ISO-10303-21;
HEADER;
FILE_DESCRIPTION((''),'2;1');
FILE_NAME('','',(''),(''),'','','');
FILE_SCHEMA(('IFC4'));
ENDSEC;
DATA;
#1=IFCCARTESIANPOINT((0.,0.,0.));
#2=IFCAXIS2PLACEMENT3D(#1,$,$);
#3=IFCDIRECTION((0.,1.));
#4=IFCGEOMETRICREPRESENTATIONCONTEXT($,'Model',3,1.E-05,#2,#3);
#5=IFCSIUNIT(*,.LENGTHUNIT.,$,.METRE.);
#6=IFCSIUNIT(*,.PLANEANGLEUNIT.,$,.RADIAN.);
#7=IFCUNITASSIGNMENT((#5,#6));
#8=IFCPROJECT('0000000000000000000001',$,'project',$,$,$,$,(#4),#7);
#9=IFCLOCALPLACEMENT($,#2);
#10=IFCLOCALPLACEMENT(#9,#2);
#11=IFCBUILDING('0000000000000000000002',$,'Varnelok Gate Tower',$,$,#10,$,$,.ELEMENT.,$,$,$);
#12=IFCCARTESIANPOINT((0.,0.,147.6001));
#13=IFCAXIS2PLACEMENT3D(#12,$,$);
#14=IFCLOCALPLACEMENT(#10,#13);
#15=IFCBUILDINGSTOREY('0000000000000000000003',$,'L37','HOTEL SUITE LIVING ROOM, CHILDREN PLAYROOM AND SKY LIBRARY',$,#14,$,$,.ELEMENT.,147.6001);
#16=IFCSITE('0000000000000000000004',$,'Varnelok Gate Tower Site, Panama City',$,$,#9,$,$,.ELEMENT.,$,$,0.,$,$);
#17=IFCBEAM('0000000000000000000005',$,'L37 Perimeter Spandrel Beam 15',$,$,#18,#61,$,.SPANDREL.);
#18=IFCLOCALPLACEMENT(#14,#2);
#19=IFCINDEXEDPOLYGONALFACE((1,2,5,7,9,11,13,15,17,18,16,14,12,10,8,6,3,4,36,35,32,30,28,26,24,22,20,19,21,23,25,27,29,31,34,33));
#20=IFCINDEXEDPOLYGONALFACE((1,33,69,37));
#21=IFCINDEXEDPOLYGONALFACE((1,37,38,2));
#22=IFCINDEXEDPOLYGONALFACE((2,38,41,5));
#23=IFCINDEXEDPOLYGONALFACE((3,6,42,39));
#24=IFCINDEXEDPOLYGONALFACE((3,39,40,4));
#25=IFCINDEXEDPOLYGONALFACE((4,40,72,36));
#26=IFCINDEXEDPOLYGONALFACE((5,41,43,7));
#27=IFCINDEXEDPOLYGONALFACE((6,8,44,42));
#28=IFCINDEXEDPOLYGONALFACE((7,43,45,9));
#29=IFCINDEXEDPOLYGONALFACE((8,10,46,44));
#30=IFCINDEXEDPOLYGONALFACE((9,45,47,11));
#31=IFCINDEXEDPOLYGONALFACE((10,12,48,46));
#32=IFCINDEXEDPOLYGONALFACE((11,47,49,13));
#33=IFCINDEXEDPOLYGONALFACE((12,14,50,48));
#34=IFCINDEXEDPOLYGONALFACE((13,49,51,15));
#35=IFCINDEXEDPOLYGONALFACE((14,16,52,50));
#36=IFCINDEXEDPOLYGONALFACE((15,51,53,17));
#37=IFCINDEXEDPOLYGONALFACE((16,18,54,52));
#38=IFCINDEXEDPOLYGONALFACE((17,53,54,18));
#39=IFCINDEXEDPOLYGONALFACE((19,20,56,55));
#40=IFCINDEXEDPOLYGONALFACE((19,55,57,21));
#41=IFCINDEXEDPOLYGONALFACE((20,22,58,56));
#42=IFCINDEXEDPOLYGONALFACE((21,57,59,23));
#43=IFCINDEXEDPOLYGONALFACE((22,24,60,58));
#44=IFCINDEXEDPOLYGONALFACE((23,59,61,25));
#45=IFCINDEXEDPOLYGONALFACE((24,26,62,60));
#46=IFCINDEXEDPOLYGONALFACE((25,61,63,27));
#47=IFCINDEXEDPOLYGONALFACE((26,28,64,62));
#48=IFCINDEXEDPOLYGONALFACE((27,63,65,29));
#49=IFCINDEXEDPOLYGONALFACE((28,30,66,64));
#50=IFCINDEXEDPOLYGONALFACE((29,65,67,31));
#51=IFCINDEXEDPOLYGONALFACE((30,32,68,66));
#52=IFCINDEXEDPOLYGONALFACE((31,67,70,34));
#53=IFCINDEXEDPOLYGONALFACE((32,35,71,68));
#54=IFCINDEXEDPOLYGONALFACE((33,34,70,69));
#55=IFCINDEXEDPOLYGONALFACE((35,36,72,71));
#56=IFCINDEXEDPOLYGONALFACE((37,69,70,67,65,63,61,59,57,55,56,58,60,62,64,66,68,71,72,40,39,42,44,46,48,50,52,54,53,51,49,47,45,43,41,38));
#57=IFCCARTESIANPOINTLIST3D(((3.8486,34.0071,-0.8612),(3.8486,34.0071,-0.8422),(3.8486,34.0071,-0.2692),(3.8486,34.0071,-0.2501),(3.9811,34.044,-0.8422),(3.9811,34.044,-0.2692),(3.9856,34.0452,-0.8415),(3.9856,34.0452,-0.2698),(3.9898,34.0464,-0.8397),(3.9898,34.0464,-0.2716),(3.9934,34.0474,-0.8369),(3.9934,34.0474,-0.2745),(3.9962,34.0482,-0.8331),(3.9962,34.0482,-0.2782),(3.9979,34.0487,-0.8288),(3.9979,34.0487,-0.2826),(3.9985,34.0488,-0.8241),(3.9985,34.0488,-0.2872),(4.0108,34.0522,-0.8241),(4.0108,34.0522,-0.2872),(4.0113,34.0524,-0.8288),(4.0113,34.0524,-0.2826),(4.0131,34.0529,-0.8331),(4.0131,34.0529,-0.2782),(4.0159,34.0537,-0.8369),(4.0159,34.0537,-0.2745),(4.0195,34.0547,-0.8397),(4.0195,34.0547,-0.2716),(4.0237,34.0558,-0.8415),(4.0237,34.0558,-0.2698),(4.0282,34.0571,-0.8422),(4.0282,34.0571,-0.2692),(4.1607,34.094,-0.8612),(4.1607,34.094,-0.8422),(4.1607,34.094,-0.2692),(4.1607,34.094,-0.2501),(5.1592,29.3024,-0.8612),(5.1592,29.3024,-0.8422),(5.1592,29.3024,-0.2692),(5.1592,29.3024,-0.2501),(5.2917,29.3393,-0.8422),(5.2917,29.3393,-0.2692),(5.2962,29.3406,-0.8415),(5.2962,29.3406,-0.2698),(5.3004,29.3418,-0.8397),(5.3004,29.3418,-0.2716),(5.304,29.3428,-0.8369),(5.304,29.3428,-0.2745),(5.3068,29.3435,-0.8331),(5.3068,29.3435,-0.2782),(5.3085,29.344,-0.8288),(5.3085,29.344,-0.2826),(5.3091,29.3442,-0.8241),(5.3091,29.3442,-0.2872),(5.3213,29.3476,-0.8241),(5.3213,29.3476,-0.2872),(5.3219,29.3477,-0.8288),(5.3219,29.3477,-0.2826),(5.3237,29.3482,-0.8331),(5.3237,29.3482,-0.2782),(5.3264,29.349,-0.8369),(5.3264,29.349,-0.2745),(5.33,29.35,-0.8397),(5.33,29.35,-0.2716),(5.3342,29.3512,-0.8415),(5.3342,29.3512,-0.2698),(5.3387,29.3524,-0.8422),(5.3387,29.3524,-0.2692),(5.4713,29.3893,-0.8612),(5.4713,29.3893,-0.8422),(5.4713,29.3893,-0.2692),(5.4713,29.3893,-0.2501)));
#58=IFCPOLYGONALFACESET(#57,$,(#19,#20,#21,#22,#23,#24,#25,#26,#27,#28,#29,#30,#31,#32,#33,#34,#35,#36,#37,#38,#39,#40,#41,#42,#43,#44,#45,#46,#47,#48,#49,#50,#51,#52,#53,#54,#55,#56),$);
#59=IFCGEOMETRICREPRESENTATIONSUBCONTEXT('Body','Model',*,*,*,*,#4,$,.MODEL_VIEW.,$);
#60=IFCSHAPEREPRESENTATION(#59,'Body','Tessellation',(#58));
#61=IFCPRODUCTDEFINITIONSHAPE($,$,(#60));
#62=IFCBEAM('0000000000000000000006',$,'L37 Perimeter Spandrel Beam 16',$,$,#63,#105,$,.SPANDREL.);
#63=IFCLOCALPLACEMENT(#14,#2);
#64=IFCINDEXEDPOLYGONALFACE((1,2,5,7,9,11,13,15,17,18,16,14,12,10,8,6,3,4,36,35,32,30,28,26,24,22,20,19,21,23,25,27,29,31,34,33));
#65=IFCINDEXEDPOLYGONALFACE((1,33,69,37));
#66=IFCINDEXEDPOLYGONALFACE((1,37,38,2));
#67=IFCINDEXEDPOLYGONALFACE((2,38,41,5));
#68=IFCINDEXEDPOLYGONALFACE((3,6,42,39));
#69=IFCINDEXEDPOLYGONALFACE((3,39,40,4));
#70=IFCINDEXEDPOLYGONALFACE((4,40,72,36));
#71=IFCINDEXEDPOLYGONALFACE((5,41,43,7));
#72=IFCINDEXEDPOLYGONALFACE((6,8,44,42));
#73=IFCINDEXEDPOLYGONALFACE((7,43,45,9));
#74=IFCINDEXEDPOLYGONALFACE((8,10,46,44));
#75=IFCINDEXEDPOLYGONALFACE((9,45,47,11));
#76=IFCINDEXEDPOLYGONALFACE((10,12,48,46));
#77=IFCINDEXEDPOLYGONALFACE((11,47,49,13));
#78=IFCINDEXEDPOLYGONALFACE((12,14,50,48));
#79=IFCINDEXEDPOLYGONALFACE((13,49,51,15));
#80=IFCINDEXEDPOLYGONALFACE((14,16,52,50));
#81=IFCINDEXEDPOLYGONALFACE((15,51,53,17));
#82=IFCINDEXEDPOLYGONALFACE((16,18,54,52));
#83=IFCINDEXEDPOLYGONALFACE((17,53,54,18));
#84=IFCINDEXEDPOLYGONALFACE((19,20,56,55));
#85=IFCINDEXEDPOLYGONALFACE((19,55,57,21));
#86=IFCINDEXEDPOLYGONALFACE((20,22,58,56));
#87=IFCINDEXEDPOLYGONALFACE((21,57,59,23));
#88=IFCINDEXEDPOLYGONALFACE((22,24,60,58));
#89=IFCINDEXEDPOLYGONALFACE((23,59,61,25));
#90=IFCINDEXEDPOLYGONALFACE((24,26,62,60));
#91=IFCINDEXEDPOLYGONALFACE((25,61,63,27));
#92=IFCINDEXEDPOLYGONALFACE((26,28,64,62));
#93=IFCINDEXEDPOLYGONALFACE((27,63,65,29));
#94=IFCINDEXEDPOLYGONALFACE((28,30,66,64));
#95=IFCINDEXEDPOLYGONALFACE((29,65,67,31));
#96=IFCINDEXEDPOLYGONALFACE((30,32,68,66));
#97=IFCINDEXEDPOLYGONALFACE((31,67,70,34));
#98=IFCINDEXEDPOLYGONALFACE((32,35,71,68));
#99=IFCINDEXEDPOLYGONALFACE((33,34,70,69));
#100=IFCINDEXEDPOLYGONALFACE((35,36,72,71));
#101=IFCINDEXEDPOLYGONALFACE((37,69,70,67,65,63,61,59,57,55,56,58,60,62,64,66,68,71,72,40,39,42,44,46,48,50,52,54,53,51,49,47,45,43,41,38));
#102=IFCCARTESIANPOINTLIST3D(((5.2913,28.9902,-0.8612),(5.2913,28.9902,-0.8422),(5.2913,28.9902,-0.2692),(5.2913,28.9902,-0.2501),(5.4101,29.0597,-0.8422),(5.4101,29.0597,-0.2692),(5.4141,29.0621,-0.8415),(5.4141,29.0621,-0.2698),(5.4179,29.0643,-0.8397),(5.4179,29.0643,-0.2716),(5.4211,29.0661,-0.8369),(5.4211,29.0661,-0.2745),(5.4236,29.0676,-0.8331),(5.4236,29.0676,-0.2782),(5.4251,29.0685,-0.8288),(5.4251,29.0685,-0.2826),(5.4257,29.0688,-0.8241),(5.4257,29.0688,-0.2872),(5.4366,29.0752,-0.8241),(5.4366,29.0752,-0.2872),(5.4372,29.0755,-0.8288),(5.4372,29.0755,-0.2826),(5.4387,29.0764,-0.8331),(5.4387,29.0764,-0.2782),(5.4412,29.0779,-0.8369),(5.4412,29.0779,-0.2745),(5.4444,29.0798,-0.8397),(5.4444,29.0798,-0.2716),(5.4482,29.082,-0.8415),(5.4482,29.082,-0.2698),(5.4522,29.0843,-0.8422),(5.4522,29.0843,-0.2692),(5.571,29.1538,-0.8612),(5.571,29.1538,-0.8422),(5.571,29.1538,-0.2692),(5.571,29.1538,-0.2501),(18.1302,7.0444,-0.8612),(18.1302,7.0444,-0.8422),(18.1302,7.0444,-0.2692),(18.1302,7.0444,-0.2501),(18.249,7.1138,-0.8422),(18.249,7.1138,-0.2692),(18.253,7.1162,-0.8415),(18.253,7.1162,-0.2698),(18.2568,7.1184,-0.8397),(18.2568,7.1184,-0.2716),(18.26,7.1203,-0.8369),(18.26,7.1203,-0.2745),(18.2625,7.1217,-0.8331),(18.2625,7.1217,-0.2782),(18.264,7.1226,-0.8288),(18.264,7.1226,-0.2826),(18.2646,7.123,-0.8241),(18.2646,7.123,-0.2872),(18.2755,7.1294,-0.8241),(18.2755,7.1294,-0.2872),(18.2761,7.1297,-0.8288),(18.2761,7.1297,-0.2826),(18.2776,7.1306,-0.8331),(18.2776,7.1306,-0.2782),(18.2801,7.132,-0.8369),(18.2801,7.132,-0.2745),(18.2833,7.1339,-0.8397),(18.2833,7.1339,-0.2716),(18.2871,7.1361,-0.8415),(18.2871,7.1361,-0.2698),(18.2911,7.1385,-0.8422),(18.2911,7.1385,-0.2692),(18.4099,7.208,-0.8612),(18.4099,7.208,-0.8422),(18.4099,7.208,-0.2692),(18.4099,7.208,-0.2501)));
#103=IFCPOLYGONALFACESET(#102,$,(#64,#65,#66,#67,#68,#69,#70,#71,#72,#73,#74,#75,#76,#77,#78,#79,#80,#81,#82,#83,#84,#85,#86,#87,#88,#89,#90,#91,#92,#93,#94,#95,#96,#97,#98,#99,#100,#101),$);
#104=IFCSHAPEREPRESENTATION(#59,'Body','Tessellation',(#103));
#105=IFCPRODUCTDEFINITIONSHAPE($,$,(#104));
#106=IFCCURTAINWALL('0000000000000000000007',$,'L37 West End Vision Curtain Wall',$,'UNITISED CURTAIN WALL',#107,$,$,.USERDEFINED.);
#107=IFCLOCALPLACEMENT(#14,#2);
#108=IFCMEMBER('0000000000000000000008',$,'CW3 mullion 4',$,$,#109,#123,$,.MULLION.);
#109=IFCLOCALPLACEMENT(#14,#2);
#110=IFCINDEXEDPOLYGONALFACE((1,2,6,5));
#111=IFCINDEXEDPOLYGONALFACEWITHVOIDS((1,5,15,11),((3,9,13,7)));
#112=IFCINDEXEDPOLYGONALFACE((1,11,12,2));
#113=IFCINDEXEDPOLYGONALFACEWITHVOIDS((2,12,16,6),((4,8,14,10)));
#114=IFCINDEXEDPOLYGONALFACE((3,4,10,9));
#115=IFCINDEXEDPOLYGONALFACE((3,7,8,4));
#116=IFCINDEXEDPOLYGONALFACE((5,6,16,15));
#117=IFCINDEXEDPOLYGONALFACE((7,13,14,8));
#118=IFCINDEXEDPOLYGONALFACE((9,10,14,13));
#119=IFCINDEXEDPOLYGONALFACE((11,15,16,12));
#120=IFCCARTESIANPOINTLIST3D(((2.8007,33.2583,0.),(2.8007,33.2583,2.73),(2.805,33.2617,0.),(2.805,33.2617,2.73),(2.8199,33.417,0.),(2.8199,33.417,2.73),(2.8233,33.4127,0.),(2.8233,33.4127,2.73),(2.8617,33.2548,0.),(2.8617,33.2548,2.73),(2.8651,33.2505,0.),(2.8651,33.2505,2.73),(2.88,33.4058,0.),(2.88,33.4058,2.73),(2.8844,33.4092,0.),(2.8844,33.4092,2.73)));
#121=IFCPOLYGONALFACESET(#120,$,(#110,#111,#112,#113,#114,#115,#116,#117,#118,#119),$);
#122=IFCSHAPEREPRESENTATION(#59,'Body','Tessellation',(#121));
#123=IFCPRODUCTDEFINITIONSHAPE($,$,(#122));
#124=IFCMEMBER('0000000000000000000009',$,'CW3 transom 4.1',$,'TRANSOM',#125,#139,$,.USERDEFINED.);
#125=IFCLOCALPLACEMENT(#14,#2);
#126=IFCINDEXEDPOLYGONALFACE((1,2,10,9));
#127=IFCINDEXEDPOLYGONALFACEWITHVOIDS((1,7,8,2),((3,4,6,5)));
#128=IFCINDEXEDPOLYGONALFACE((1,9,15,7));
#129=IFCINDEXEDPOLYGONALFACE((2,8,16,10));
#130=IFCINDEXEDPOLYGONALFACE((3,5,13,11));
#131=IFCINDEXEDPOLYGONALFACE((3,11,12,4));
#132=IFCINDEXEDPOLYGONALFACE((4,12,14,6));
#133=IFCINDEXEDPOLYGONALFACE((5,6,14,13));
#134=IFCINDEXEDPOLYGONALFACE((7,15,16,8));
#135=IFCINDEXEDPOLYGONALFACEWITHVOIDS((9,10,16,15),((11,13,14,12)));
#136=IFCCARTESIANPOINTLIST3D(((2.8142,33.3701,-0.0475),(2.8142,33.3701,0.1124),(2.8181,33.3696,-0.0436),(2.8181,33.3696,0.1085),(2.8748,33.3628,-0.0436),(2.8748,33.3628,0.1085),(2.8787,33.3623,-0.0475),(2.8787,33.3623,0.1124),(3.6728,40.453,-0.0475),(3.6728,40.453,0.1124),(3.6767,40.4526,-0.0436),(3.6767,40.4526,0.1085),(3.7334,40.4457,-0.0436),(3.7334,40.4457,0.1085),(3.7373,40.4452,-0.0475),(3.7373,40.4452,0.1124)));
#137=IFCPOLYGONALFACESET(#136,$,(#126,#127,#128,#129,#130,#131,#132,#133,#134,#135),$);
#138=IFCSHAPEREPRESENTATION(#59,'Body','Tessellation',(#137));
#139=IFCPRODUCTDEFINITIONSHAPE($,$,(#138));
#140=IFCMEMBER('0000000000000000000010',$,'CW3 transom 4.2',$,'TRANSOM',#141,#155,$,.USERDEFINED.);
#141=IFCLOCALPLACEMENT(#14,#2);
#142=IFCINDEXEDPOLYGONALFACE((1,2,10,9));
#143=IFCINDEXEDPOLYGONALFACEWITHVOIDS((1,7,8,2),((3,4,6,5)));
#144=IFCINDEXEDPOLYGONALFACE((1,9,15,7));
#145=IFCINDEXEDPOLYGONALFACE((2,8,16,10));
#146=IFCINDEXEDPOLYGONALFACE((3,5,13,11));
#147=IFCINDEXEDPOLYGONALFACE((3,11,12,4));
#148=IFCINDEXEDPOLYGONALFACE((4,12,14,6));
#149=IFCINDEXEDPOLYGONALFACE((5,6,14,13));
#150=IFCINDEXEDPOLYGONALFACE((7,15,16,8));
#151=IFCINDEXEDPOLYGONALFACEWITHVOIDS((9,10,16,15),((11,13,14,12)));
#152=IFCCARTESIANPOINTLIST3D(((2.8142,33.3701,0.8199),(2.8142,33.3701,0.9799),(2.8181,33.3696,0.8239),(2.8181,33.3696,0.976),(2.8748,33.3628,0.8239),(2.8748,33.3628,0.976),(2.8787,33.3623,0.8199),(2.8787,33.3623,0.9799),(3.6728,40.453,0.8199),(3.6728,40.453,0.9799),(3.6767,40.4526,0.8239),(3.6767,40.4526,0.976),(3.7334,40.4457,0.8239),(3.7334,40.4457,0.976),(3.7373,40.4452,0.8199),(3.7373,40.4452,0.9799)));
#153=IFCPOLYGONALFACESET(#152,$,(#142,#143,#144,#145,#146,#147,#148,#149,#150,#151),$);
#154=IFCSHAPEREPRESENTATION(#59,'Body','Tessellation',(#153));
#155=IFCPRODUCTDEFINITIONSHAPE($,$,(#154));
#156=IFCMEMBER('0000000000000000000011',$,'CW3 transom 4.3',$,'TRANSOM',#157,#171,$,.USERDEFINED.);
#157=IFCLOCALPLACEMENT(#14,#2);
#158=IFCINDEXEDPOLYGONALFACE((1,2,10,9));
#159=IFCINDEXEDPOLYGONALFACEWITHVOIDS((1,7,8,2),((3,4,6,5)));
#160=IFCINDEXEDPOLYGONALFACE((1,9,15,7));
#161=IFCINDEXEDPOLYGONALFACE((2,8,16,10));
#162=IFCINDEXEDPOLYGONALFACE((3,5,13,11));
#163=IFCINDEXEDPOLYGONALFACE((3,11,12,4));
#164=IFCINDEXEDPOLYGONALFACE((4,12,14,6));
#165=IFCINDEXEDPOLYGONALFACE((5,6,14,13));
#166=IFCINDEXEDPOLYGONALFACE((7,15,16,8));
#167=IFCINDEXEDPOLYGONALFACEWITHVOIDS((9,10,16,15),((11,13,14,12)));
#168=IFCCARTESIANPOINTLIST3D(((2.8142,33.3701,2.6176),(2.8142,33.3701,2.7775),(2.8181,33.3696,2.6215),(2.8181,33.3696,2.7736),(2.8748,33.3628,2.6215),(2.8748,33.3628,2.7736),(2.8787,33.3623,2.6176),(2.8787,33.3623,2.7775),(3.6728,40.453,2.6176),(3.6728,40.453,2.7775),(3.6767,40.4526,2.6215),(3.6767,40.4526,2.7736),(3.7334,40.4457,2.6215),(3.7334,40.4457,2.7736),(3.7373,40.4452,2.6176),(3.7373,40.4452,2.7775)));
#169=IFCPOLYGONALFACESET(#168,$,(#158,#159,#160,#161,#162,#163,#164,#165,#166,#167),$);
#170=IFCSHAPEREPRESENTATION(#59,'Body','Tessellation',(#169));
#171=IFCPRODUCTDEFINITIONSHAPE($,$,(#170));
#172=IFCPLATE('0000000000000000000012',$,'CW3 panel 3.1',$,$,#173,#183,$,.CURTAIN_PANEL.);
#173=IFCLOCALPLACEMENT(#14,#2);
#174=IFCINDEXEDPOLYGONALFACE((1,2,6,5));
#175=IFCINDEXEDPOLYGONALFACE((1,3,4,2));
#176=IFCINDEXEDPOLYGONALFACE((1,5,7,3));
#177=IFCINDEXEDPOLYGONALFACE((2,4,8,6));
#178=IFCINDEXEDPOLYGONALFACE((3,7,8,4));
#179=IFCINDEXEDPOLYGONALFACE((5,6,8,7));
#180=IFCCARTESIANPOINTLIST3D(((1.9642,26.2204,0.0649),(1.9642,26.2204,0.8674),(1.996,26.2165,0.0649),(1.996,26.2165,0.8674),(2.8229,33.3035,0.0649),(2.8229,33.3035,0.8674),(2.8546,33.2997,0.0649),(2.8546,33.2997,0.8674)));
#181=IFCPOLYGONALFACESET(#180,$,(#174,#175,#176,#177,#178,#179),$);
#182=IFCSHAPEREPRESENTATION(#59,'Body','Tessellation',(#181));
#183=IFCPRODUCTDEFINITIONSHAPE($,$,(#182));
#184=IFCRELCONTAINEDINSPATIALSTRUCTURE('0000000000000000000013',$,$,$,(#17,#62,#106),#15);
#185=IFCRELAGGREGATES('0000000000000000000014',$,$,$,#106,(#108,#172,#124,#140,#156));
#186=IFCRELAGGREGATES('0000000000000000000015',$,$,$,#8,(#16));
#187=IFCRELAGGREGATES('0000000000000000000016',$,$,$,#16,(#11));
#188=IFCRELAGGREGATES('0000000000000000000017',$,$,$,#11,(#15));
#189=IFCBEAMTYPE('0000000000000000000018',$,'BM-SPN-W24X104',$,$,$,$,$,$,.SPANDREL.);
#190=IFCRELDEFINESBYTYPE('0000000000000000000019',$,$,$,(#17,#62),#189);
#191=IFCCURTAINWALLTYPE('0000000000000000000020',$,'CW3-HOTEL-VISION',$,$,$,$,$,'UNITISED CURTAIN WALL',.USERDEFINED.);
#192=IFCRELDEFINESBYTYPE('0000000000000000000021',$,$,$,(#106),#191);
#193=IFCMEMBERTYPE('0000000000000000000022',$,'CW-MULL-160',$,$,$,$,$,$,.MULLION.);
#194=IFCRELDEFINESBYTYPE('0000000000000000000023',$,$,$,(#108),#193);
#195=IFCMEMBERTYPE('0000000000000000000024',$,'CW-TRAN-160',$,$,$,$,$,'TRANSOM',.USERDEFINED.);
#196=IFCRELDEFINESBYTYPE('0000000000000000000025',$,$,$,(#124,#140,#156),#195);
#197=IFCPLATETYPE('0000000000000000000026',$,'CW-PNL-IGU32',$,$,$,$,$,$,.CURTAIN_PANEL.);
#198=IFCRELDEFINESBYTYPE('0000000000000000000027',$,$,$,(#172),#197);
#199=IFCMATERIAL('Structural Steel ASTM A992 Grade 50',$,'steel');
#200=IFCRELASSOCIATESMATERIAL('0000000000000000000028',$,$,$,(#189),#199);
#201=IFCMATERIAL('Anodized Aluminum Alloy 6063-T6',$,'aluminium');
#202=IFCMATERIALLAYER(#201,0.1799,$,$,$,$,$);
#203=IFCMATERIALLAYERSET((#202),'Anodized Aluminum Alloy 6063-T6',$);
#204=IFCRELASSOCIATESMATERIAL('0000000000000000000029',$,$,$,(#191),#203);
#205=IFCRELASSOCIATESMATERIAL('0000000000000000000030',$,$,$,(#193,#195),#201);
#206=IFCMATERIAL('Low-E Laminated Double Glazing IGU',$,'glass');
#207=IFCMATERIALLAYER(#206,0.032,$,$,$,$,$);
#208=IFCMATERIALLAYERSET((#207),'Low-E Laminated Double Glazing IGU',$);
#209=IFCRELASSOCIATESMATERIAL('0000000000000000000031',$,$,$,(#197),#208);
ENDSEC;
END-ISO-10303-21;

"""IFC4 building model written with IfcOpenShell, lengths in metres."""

from ifc_helpers import new_model, si_unit, direction, frame, origin, origin_2d, place, context, subcontext, project, spatial, rectangle, hollow_rectangle, i_section, extrude, source, transform, mapped, material, layer, layer_set, material_profile, profile_set, type_object, element, aggregate, save


model = new_model("IFC4")

# Units and contexts
model_context = context("Model", 3, precision=1e-05, world=origin(), true_north=direction((0.0, 1.0)))
body_context = subcontext(model_context, "Body", "Model", "MODEL_VIEW")
ifc_project = project(units=[si_unit("LENGTHUNIT", "METRE"), si_unit("PLANEANGLEUNIT", "RADIAN")], contexts=[model_context])

# Site, building, storey
site_placement = place(None, origin())
site = spatial("IfcSite", under=ifc_project, at=site_placement, Name="Varnelok Gate Tower Site, Panama City", CompositionType="ELEMENT", RefElevation=0.0)
building_placement = place(site_placement, origin())
building = spatial("IfcBuilding", under=site, at=building_placement, Name="Varnelok Gate Tower", CompositionType="ELEMENT")
storey_placement = place(building_placement, frame((0.0, 0.0, 147.6001)))
storey = spatial("IfcBuildingStorey", under=building, at=storey_placement, Name="L37", Description="HOTEL SUITE LIVING ROOM, CHILDREN PLAYROOM AND SKY LIBRARY", CompositionType="ELEMENT", Elevation=147.6001)

# Shared definitions
ifc_material_1 = material(Name="Structural Steel ASTM A992 Grade 50", Category="steel")

# Beams
ifc_material_profile_1 = material_profile(ifc_material_1, i_section(OverallWidth=0.324, OverallDepth=0.6111, WebThickness=0.0127, FlangeThickness=0.019, FilletRadius=0.0181, at=origin_2d()), Name="W24X104")
ifc_profile_set_1 = profile_set([ifc_material_profile_1], Name="Structural Steel ASTM A992 Grade 50")
beam_type_1 = type_object("IfcBeamType", Name="BM-SPN-W24X104", PredefinedType="SPANDREL", material=ifc_profile_set_1)
beam_1_placement = place(storey_placement, frame((4.0046, 34.0505, -0.5557), z_axis=(0.26835, -0.963321, 0.0), x_axis=(0.963321, 0.26835, 0.0)))
element("IfcBeam", 1, at=beam_1_placement, inside=storey, type_object=beam_type_1, Name="L37 Perimeter Spandrel Beam 15", PredefinedType="SPANDREL", context=body_context, shape_type="SweptSolid", body=[
    extrude(i_section(OverallWidth=0.324, OverallDepth=0.6111, WebThickness=0.0127, FlangeThickness=0.019, FilletRadius=0.0181, at=origin_2d()), origin(), (0.0, 0.0, 1.0), 4.8838),
])
beam_2_placement = place(storey_placement, frame((5.4312, 29.072, -0.5557), z_axis=(0.504961, -0.863142, 0.0), x_axis=(0.863142, 0.504961, 0.0)))
element("IfcBeam", 2, at=beam_2_placement, inside=storey, type_object=beam_type_1, Name="L37 Perimeter Spandrel Beam 16", PredefinedType="SPANDREL", context=body_context, shape_type="SweptSolid", body=[
    extrude(i_section(OverallWidth=0.324, OverallDepth=0.6111, WebThickness=0.0127, FlangeThickness=0.019, FilletRadius=0.0181, at=origin_2d()), origin(), (0.0, 0.0, 1.0), 25.4255),
])

# Curtain wall, members, plate
ifc_material_2 = material(Name="Anodized Aluminum Alloy 6063-T6", Category="aluminium")
ifc_layer_1 = layer(ifc_material_2, 0.1799)
ifc_layer_set_1 = layer_set([ifc_layer_1], Name="Anodized Aluminum Alloy 6063-T6")
curtain_wall_type = type_object("IfcCurtainWallType", Name="CW3-HOTEL-VISION", ElementType="UNITISED CURTAIN WALL", PredefinedType="USERDEFINED", material=ifc_layer_set_1)
curtain_wall_placement = place(storey_placement, origin())
curtain_wall = element("IfcCurtainWall", 3, at=curtain_wall_placement, inside=storey, type_object=curtain_wall_type, Name="L37 West End Vision Curtain Wall", ObjectType="UNITISED CURTAIN WALL", PredefinedType="USERDEFINED")
ifc_material_profile_2 = material_profile(ifc_material_2, hollow_rectangle(XDim=0.0649, YDim=0.1599, WallThickness=0.0039, at=origin_2d()), Name="ALU160X65X4")
ifc_profile_set_2 = profile_set([ifc_material_profile_2], Name="Anodized Aluminum Alloy 6063-T6")
member_type_1 = type_object("IfcMemberType", Name="CW-MULL-160", PredefinedType="MULLION", material=ifc_profile_set_2)
member_1_placement = place(storey_placement, frame((2.8425, 33.3337, 0.0), z_axis=(0.0, 0.0, 1.0), x_axis=(-0.992732, 0.120347, 0.0)))
member_1 = element("IfcMember", 4, at=member_1_placement, type_object=member_type_1, Name="CW3 mullion 4", PredefinedType="MULLION", context=body_context, shape_type="SweptSolid", body=[
    extrude(hollow_rectangle(XDim=0.0649, YDim=0.1599, WallThickness=0.0039, at=origin_2d()), origin(), (0.0, 0.0, 1.0), 2.73),
])
ifc_material_profile_3 = material_profile(ifc_material_2, hollow_rectangle(XDim=0.0649, YDim=0.1599, WallThickness=0.0039, at=origin_2d()), Name="ALU160X65X4")
ifc_profile_set_3 = profile_set([ifc_material_profile_3], Name="Anodized Aluminum Alloy 6063-T6")
member_type_2 = type_object("IfcMemberType", Name="CW-TRAN-160", ElementType="TRANSOM", PredefinedType="USERDEFINED", material=ifc_profile_set_3)
member_2_placement = place(storey_placement, frame((2.8464, 33.3662, 0.0325), z_axis=(0.120345, 0.992732, 0.0), x_axis=(-0.992732, 0.120345, 0.0)))
member_2 = element("IfcMember", 5, at=member_2_placement, type_object=member_type_2, Name="CW3 transom 4.1", ObjectType="TRANSOM", PredefinedType="USERDEFINED", context=body_context, shape_type="SweptSolid", body=[
    extrude(hollow_rectangle(XDim=0.0649, YDim=0.1599, WallThickness=0.0039, at=origin_2d()), origin(), (0.0, 0.0, 1.0), 7.1348),
])
member_3_placement = place(storey_placement, frame((2.8464, 33.3662, 0.8999), z_axis=(0.120345, 0.992732, 0.0), x_axis=(-0.992732, 0.120345, 0.0)))
member_3 = element("IfcMember", 6, at=member_3_placement, type_object=member_type_2, Name="CW3 transom 4.2", ObjectType="TRANSOM", PredefinedType="USERDEFINED", context=body_context, shape_type="SweptSolid", body=[
    extrude(hollow_rectangle(XDim=0.0649, YDim=0.1599, WallThickness=0.0039, at=origin_2d()), origin(), (0.0, 0.0, 1.0), 7.1348),
])
member_4_placement = place(storey_placement, frame((2.8464, 33.3662, 2.6975), z_axis=(0.120345, 0.992732, 0.0), x_axis=(-0.992732, 0.120345, 0.0)))
member_4 = element("IfcMember", 7, at=member_4_placement, type_object=member_type_2, Name="CW3 transom 4.3", ObjectType="TRANSOM", PredefinedType="USERDEFINED", context=body_context, shape_type="SweptSolid", body=[
    extrude(hollow_rectangle(XDim=0.0649, YDim=0.1599, WallThickness=0.0039, at=origin_2d()), origin(), (0.0, 0.0, 1.0), 7.1348),
])
ifc_material_3 = material(Name="Low-E Laminated Double Glazing IGU", Category="glass")
ifc_layer_2 = layer(ifc_material_3, 0.032)
ifc_layer_set_2 = layer_set([ifc_layer_2], Name="Low-E Laminated Double Glazing IGU")
plate_type = type_object("IfcPlateType", Name="CW-PNL-IGU32", PredefinedType="CURTAIN_PANEL", material=ifc_layer_set_2)
shared_shape_1 = source(origin(), body_context, "Body", "SweptSolid", [
    extrude(rectangle(XDim=7.135, YDim=0.032, at=origin_2d()), origin(), (0.0, 0.0, 1.0), 0.8025),
])
plate_1_placement = place(storey_placement, frame((2.4094, 29.76, 0.0649), z_axis=(0.0, 0.0, 1.0), x_axis=(0.120347, 0.992732, 0.0)))
plate_1 = element("IfcPlate", 8, at=plate_1_placement, type_object=plate_type, Name="CW3 panel 3.1", PredefinedType="CURTAIN_PANEL", context=body_context, shape_type="MappedRepresentation", body=[
    mapped(shared_shape_1, transform((0.0, 0.0, 0.0), scale=1.0)),
])
aggregate(curtain_wall, [member_1, plate_1, member_2, member_3, member_4])

save(model, "model.ifc")
